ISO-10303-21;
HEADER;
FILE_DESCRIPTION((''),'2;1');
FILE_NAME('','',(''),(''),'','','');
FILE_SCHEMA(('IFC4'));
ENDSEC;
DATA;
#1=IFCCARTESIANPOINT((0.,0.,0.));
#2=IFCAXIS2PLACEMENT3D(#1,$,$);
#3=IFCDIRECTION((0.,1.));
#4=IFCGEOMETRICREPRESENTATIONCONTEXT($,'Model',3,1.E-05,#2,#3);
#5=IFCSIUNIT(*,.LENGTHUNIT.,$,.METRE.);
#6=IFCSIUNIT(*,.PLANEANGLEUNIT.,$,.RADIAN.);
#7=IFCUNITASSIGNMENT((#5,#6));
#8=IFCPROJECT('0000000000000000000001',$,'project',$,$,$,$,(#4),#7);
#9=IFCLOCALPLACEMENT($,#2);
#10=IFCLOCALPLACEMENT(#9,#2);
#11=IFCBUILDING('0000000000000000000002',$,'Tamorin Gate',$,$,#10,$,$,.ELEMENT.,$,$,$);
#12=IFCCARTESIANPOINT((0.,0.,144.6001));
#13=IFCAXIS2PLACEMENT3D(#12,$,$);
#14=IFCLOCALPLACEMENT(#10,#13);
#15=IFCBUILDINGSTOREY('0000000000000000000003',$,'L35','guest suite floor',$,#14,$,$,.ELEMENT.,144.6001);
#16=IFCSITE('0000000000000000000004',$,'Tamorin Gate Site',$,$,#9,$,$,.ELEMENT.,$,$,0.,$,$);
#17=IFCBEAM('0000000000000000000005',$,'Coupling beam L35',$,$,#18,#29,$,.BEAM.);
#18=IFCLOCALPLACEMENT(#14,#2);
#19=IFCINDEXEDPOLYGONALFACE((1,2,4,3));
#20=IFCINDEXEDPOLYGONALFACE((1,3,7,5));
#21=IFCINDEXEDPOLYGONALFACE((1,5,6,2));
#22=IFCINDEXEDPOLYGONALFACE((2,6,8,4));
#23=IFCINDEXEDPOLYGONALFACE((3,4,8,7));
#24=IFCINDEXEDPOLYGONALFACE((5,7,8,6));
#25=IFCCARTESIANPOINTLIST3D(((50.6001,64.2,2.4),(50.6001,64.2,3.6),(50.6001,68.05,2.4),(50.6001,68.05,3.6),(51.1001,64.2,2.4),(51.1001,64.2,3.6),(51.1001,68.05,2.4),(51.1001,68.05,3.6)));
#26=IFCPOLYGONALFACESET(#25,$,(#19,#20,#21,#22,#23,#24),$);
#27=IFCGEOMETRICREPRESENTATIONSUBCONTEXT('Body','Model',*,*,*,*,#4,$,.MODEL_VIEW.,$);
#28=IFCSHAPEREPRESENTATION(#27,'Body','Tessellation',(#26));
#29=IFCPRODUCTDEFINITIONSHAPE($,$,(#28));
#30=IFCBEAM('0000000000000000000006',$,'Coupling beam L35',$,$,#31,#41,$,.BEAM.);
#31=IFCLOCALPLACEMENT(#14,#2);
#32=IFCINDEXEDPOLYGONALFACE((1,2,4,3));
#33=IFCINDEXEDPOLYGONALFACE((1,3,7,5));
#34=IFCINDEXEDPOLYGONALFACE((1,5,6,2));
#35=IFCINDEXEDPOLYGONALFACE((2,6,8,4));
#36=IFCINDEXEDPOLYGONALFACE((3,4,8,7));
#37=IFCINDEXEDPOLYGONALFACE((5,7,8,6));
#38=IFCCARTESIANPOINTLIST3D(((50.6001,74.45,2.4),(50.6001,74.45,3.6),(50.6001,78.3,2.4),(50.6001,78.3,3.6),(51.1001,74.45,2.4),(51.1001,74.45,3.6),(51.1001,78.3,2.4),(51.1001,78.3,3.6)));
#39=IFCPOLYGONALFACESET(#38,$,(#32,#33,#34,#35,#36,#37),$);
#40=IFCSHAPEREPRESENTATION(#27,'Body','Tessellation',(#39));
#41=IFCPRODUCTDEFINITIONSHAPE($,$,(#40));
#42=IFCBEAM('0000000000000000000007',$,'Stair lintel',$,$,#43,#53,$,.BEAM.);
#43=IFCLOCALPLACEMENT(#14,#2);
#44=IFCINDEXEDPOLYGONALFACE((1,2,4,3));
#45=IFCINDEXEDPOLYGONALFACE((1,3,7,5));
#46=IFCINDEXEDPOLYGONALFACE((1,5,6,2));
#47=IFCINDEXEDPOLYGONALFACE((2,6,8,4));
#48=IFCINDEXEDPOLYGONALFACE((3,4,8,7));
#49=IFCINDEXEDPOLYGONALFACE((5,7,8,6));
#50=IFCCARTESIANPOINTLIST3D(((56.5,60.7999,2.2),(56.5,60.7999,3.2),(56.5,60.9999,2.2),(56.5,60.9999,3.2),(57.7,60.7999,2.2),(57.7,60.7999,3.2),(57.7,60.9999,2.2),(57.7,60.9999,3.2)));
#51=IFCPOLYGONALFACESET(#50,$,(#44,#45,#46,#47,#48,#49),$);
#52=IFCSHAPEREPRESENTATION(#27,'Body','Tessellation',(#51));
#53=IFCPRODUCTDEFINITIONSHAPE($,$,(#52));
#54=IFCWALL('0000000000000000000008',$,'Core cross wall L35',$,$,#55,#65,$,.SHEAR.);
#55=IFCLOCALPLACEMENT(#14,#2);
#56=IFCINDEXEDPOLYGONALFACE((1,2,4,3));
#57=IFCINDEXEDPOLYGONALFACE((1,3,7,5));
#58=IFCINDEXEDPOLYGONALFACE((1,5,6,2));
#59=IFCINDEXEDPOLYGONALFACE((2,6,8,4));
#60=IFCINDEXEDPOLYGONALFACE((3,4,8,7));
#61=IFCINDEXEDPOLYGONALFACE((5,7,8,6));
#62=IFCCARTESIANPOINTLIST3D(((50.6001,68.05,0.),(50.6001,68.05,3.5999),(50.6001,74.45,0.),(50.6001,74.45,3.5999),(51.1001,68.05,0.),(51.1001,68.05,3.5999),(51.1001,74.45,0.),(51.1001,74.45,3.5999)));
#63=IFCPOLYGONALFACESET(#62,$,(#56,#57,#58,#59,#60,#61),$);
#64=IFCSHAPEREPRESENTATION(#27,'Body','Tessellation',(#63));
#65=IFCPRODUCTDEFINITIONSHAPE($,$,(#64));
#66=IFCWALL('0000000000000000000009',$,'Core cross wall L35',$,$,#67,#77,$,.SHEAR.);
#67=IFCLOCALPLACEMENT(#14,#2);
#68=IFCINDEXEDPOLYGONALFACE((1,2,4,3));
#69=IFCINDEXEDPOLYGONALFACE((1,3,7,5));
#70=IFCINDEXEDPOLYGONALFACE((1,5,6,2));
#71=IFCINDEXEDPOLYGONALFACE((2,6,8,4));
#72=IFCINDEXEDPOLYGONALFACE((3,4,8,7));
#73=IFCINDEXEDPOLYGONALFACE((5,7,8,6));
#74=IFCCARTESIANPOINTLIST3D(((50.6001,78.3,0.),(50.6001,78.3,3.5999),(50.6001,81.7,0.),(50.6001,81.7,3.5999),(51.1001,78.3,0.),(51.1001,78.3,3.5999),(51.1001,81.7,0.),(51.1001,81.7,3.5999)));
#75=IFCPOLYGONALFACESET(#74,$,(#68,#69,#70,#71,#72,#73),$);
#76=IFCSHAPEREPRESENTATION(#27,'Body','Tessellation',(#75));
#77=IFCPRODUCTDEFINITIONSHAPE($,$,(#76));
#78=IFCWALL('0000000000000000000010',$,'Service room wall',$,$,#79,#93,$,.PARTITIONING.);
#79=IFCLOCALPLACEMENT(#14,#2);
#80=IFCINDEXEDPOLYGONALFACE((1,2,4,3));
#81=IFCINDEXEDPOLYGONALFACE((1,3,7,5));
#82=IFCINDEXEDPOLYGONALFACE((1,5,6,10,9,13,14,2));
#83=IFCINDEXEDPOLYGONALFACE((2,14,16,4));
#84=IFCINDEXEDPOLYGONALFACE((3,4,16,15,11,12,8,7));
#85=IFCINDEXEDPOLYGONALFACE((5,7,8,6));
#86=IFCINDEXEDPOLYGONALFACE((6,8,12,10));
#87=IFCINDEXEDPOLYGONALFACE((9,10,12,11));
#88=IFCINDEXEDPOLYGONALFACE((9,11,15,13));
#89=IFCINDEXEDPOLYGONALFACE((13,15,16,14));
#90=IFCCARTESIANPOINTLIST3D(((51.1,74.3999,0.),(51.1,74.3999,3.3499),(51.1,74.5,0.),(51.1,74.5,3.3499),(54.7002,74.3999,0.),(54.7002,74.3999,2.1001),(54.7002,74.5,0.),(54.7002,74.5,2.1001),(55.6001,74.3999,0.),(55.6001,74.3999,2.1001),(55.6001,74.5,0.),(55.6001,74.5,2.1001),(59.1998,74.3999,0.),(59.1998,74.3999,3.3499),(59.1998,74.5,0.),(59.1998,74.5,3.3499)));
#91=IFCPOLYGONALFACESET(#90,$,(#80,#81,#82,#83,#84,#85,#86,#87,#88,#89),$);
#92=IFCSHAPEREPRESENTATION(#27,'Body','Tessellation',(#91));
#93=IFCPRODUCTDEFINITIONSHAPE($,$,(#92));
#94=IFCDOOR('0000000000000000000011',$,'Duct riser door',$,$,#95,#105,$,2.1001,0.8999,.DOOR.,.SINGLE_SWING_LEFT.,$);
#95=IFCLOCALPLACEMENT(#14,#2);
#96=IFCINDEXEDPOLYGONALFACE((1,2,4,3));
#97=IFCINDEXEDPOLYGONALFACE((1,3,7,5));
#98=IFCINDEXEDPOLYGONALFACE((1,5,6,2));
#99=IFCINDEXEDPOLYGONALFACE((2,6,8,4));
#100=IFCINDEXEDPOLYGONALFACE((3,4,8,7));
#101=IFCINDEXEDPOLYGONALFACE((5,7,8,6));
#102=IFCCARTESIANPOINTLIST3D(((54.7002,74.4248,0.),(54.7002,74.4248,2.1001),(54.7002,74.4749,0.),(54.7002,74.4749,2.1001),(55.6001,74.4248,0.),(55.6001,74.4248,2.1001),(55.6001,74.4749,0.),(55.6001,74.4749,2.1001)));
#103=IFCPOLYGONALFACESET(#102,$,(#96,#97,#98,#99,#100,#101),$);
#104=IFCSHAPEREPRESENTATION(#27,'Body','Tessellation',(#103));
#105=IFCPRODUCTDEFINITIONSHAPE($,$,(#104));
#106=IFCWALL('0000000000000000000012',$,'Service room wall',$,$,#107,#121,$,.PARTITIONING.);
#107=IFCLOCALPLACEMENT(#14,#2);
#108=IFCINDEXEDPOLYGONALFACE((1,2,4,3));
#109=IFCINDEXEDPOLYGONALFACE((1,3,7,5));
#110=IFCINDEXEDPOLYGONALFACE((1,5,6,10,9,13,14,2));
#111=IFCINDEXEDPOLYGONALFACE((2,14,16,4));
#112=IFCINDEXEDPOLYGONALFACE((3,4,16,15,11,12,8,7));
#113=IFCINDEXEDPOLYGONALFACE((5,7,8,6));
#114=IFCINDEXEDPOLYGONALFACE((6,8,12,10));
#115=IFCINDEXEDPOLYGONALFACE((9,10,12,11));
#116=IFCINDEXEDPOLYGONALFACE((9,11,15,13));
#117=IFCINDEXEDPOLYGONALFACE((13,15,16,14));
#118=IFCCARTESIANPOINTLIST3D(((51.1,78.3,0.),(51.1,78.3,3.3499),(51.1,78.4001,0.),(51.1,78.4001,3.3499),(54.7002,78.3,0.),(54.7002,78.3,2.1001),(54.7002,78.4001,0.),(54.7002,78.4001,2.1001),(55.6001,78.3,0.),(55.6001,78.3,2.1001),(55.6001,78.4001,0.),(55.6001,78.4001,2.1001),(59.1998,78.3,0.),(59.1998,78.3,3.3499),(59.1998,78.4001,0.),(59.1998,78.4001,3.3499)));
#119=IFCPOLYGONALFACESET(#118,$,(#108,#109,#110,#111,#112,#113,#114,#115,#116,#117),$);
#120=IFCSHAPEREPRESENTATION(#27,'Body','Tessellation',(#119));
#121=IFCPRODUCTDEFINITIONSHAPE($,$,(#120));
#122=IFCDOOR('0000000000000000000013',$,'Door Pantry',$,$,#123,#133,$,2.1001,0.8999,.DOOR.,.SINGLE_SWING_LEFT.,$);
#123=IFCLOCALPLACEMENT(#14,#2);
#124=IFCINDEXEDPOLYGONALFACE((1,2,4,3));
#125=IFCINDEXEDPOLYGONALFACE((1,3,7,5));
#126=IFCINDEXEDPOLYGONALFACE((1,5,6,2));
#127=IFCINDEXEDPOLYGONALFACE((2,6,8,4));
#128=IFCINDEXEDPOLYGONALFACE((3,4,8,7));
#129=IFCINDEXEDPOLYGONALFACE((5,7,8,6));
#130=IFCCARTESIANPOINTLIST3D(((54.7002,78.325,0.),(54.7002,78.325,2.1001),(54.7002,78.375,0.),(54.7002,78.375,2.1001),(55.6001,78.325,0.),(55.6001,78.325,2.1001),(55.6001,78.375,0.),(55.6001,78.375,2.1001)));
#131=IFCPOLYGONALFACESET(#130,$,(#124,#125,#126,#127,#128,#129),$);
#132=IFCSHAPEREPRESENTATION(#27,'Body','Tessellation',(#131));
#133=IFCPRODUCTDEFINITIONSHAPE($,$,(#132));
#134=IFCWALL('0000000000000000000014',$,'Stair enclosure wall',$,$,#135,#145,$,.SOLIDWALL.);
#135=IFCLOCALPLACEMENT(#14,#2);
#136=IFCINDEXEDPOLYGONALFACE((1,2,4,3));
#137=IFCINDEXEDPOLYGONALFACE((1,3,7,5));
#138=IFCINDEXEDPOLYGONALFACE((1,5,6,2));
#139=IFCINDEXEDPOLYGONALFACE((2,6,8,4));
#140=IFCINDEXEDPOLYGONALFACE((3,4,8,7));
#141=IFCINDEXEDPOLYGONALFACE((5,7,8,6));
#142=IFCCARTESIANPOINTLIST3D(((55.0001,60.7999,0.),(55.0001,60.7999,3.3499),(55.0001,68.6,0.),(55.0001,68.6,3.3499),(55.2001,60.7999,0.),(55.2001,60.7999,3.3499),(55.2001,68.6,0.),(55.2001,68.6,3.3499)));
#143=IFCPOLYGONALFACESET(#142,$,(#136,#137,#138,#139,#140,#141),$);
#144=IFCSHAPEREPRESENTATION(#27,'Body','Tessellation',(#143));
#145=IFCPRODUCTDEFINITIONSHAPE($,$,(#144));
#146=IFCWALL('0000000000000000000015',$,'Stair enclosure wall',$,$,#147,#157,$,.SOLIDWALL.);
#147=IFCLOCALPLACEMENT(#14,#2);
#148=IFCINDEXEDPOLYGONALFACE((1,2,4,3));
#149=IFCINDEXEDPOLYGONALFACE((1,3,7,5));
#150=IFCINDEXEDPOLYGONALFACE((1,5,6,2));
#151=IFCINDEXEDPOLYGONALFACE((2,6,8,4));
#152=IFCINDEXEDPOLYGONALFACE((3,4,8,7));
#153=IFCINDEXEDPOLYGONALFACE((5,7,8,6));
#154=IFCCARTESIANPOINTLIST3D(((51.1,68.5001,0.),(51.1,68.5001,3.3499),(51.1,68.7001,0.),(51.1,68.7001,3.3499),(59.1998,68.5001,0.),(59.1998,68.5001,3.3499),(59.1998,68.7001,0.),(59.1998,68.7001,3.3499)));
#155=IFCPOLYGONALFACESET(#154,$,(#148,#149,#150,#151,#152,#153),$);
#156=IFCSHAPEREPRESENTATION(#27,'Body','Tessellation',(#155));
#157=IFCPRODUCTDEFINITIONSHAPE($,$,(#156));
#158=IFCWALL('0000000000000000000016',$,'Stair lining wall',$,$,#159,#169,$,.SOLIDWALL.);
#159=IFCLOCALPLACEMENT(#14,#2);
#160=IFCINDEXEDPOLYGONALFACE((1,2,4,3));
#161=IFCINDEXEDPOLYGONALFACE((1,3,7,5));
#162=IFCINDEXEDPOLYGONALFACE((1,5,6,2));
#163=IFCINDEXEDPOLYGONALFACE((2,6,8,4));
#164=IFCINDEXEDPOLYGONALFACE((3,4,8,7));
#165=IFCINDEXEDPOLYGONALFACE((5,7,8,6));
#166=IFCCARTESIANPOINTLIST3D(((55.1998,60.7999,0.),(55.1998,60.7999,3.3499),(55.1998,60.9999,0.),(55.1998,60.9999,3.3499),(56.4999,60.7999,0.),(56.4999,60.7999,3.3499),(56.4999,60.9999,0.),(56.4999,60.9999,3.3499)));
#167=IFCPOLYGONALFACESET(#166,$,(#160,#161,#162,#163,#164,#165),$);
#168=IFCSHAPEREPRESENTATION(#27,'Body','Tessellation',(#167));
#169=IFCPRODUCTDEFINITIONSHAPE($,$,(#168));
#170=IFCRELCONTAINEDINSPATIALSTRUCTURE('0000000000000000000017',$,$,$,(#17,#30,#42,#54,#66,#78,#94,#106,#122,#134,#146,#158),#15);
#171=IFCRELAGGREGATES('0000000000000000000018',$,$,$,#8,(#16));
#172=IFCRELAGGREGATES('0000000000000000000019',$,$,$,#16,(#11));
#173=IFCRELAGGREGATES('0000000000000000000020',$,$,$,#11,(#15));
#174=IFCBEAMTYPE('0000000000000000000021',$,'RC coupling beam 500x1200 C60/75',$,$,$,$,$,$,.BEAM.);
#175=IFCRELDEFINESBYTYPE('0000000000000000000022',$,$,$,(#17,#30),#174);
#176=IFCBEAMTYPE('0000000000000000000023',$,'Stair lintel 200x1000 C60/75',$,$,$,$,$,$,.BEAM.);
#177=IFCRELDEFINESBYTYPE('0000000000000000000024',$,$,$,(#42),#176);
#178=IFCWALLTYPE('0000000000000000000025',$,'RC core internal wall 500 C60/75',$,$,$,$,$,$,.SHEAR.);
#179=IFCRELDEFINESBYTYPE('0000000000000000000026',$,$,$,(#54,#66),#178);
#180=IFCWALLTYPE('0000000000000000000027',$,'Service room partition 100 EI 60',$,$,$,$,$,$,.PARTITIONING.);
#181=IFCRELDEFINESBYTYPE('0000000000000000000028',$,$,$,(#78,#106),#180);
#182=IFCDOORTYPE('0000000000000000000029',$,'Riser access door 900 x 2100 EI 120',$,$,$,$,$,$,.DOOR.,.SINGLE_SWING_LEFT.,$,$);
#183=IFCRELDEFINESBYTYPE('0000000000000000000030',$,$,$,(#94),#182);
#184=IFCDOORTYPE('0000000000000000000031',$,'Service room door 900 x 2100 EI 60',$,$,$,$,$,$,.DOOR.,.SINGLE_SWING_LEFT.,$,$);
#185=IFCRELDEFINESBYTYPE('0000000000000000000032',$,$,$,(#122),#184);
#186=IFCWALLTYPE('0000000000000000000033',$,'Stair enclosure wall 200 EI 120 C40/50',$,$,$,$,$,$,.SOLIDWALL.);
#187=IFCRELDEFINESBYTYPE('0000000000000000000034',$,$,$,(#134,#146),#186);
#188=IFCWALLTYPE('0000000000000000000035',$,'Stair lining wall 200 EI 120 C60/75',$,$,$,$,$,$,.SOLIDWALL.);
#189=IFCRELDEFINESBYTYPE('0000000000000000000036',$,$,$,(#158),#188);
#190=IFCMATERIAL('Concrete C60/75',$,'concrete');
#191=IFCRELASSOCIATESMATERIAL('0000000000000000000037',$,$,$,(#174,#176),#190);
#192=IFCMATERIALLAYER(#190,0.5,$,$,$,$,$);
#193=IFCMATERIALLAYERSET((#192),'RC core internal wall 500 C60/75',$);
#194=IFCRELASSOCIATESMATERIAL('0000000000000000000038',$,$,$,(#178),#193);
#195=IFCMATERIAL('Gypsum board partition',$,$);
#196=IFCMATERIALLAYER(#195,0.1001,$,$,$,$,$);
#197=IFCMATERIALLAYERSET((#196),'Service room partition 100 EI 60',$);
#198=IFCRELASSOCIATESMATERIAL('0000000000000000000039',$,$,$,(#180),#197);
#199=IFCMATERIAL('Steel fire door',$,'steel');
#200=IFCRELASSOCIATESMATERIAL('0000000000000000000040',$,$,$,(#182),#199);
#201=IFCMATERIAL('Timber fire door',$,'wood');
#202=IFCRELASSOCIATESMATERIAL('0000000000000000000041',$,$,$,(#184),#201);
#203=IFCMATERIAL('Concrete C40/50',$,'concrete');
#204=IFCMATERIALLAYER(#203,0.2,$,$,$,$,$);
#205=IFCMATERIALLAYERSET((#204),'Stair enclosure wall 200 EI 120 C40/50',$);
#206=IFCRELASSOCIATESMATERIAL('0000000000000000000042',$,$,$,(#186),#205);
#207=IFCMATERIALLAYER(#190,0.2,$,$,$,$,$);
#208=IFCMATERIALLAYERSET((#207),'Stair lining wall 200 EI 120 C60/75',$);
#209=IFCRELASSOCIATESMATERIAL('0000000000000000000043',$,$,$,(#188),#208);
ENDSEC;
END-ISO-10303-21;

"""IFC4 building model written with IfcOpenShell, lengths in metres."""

from ifc_helpers import new_model, si_unit, direction, frame, frame_2d, origin, origin_2d, place, context, subcontext, project, spatial, rectangle, extrude, material, layer, layer_set, material_profile, profile_set, type_object, element, fill, save


model = new_model("IFC4")

# Units and contexts
model_context = context("Model", 3, precision=1e-05, world=origin(), true_north=direction((0.0, 1.0)))
body_context = subcontext(model_context, "Body", "Model", "MODEL_VIEW")
ifc_project = project(units=[si_unit("LENGTHUNIT", "METRE"), si_unit("PLANEANGLEUNIT", "RADIAN")], contexts=[model_context])

# Site, building, storey
site_placement = place(None, origin())
site = spatial("IfcSite", under=ifc_project, at=site_placement, Name="Tamorin Gate Site", CompositionType="ELEMENT", RefElevation=0.0)
building_placement = place(site_placement, origin())
building = spatial("IfcBuilding", under=site, at=building_placement, Name="Tamorin Gate", CompositionType="ELEMENT")
storey_placement = place(building_placement, frame((0.0, 0.0, 144.6001)))
storey = spatial("IfcBuildingStorey", under=building, at=storey_placement, Name="L35", Description="guest suite floor", CompositionType="ELEMENT", Elevation=144.6001)

# Beams
ifc_material_1 = material(Name="Concrete C60/75", Category="concrete")
ifc_material_profile_1 = material_profile(ifc_material_1, rectangle(XDim=0.5, YDim=1.2, at=origin_2d()), Name="RC 500x1200")
ifc_profile_set_1 = profile_set([ifc_material_profile_1], Name="Concrete C60/75")
beam_type_1 = type_object("IfcBeamType", Name="RC coupling beam 500x1200 C60/75", PredefinedType="BEAM", material=ifc_profile_set_1)
for number, where, z_axis, x_axis, name in (
    (1, (50.8501, 64.2, 3.0), (0.0, 1.0, 0.0), (-1.0, 0.0, 0.0), "Coupling beam L35"),
    (2, (50.8501, 74.45, 3.0), (0.0, 1.0, 0.0), (-1.0, 0.0, 0.0), "Coupling beam L35"),
):
    element("IfcBeam", number, at=place(storey_placement, frame(where, z_axis=z_axis, x_axis=x_axis)), inside=storey, type_object=beam_type_1, Name=name, PredefinedType="BEAM", context=body_context, shape_type="SweptSolid", body=[
        extrude(rectangle(XDim=0.5, YDim=1.2, at=origin_2d()), origin(), (0.0, 0.0, 1.0), 3.8501),
    ])
ifc_material_profile_2 = material_profile(ifc_material_1, rectangle(XDim=0.2, YDim=1.0, at=origin_2d()))
ifc_profile_set_2 = profile_set([ifc_material_profile_2], Name="Concrete C60/75")
beam_type_2 = type_object("IfcBeamType", Name="Stair lintel 200x1000 C60/75", PredefinedType="BEAM", material=ifc_profile_set_2)
beam_placement = place(storey_placement, frame((56.5, 60.8999, 2.7), z_axis=(1.0, 0.0, 0.0), x_axis=(0.0, 1.0, 0.0)))
element("IfcBeam", 3, at=beam_placement, inside=storey, type_object=beam_type_2, Name="Stair lintel", PredefinedType="BEAM", context=body_context, shape_type="SweptSolid", body=[
    extrude(rectangle(XDim=0.2, YDim=1.0, at=origin_2d()), origin(), (0.0, 0.0, 1.0), 1.2),
])

# Walls
ifc_layer_1 = layer(ifc_material_1, 0.5)
ifc_layer_set_1 = layer_set([ifc_layer_1], Name="RC core internal wall 500 C60/75")
wall_type_1 = type_object("IfcWallType", Name="RC core internal wall 500 C60/75", PredefinedType="SHEAR", material=ifc_layer_set_1)
wall_1_placement = place(storey_placement, frame((50.8501, 68.05, 0.0), z_axis=(0.0, 0.0, 1.0), x_axis=(0.0, 1.0, 0.0)))
element("IfcWall", 4, at=wall_1_placement, inside=storey, type_object=wall_type_1, Name="Core cross wall L35", PredefinedType="SHEAR", context=body_context, shape_type="SweptSolid", body=[
    extrude(rectangle(XDim=6.3999, YDim=0.5, at=frame_2d((3.2, 0.0))), origin(), (0.0, 0.0, 1.0), 3.5999),
])
wall_2_placement = place(storey_placement, frame((50.8501, 78.3, 0.0), z_axis=(0.0, 0.0, 1.0), x_axis=(0.0, 1.0, 0.0)))
element("IfcWall", 5, at=wall_2_placement, inside=storey, type_object=wall_type_1, Name="Core cross wall L35", PredefinedType="SHEAR", context=body_context, shape_type="SweptSolid", body=[
    extrude(rectangle(XDim=3.3999, YDim=0.5, at=frame_2d((1.7, 0.0))), origin(), (0.0, 0.0, 1.0), 3.5999),
])

# Walls, openings, doors
ifc_material_2 = material(Name="Gypsum board partition")
ifc_layer_2 = layer(ifc_material_2, 0.1001)
ifc_layer_set_2 = layer_set([ifc_layer_2], Name="Service room partition 100 EI 60")
wall_type_2 = type_object("IfcWallType", Name="Service room partition 100 EI 60", PredefinedType="PARTITIONING", material=ifc_layer_set_2)
wall_3_placement = place(storey_placement, frame((51.1001, 74.45, 0.0), z_axis=(0.0, 0.0, 1.0), x_axis=(1.0, 0.0, 0.0)))
wall_3 = element("IfcWall", 6, at=wall_3_placement, inside=storey, type_object=wall_type_2, Name="Service room wall", PredefinedType="PARTITIONING", context=body_context, shape_type="SweptSolid", body=[
    extrude(rectangle(XDim=8.0999, YDim=0.1001, at=frame_2d((4.0498, 0.0))), origin(), (0.0, 0.0, 1.0), 3.3499),
])
opening_1_placement = place(wall_3_placement, frame((3.6001, 0.0, 0.0)))
opening_1 = element("IfcOpeningElement", 7, at=opening_1_placement, cuts=wall_3, PredefinedType="OPENING", context=body_context, shape_type="SweptSolid", body=[
    extrude(rectangle(XDim=0.8999, YDim=2.1001, at=frame_2d((0.45, 1.05))), frame((0.0, 0.0601, 0.0), z_axis=(0.0, -1.0, 0.0), x_axis=(1.0, 0.0, 0.0)), (0.0, 0.0, 1.0), 0.1201),
])
ifc_material_3 = material(Name="Steel fire door", Category="steel")
door_type_1 = type_object("IfcDoorType", Name="Riser access door 900 x 2100 EI 120", OperationType="SINGLE_SWING_LEFT", PredefinedType="DOOR", material=ifc_material_3)
door_1_placement = place(opening_1_placement, origin())
door_1 = element("IfcDoor", 8, at=door_1_placement, inside=storey, type_object=door_type_1, Name="Duct riser door", OperationType="SINGLE_SWING_LEFT", OverallHeight=2.1001, OverallWidth=0.8999, PredefinedType="DOOR", context=body_context, shape_type="SweptSolid", body=[
    extrude(rectangle(XDim=0.8999, YDim=2.1001, at=frame_2d((0.45, 1.05))), frame((0.0, 0.0249, 0.0), z_axis=(0.0, -1.0, 0.0), x_axis=(1.0, 0.0, 0.0)), (0.0, 0.0, 1.0), 0.05),
])
fill(opening_1, door_1)
wall_4_placement = place(storey_placement, frame((51.1001, 78.3501, 0.0), z_axis=(0.0, 0.0, 1.0), x_axis=(1.0, 0.0, 0.0)))
wall_4 = element("IfcWall", 9, at=wall_4_placement, inside=storey, type_object=wall_type_2, Name="Service room wall", PredefinedType="PARTITIONING", context=body_context, shape_type="SweptSolid", body=[
    extrude(rectangle(XDim=8.0999, YDim=0.1001, at=frame_2d((4.0498, 0.0))), origin(), (0.0, 0.0, 1.0), 3.3499),
])
opening_2_placement = place(wall_4_placement, frame((3.6001, 0.0, 0.0)))
opening_2 = element("IfcOpeningElement", 10, at=opening_2_placement, cuts=wall_4, PredefinedType="OPENING", context=body_context, shape_type="SweptSolid", body=[
    extrude(rectangle(XDim=0.8999, YDim=2.1001, at=frame_2d((0.45, 1.05))), frame((0.0, 0.0601, 0.0), z_axis=(0.0, -1.0, 0.0), x_axis=(1.0, 0.0, 0.0)), (0.0, 0.0, 1.0), 0.1201),
])
ifc_material_4 = material(Name="Timber fire door", Category="wood")
door_type_2 = type_object("IfcDoorType", Name="Service room door 900 x 2100 EI 60", OperationType="SINGLE_SWING_LEFT", PredefinedType="DOOR", material=ifc_material_4)
door_2_placement = place(opening_2_placement, origin())
door_2 = element("IfcDoor", 11, at=door_2_placement, inside=storey, type_object=door_type_2, Name="Door Pantry", OperationType="SINGLE_SWING_LEFT", OverallHeight=2.1001, OverallWidth=0.8999, PredefinedType="DOOR", context=body_context, shape_type="SweptSolid", body=[
    extrude(rectangle(XDim=0.8999, YDim=2.1001, at=frame_2d((0.45, 1.05))), frame((0.0, 0.0249, 0.0), z_axis=(0.0, -1.0, 0.0), x_axis=(1.0, 0.0, 0.0)), (0.0, 0.0, 1.0), 0.05),
])
fill(opening_2, door_2)

# Walls
ifc_material_5 = material(Name="Concrete C40/50", Category="concrete")
ifc_layer_3 = layer(ifc_material_5, 0.2)
ifc_layer_set_3 = layer_set([ifc_layer_3], Name="Stair enclosure wall 200 EI 120 C40/50")
wall_type_3 = type_object("IfcWallType", Name="Stair enclosure wall 200 EI 120 C40/50", PredefinedType="SOLIDWALL", material=ifc_layer_set_3)
wall_5_placement = place(storey_placement, frame((55.1001, 60.8, 0.0), z_axis=(0.0, 0.0, 1.0), x_axis=(0.0, 1.0, 0.0)))
element("IfcWall", 12, at=wall_5_placement, inside=storey, type_object=wall_type_3, Name="Stair enclosure wall", PredefinedType="SOLIDWALL", context=body_context, shape_type="SweptSolid", body=[
    extrude(rectangle(XDim=7.8, YDim=0.2, at=frame_2d((3.8999, 0.0))), origin(), (0.0, 0.0, 1.0), 3.3499),
])
wall_6_placement = place(storey_placement, frame((51.1001, 68.6001, 0.0), z_axis=(0.0, 0.0, 1.0), x_axis=(1.0, 0.0, 0.0)))
element("IfcWall", 13, at=wall_6_placement, inside=storey, type_object=wall_type_3, Name="Stair enclosure wall", PredefinedType="SOLIDWALL", context=body_context, shape_type="SweptSolid", body=[
    extrude(rectangle(XDim=8.0999, YDim=0.2, at=frame_2d((4.0498, 0.0))), origin(), (0.0, 0.0, 1.0), 3.3499),
])
ifc_layer_4 = layer(ifc_material_1, 0.2)
ifc_layer_set_4 = layer_set([ifc_layer_4], Name="Stair lining wall 200 EI 120 C60/75")
wall_type_4 = type_object("IfcWallType", Name="Stair lining wall 200 EI 120 C60/75", PredefinedType="SOLIDWALL", material=ifc_layer_set_4)
wall_7_placement = place(storey_placement, frame((55.2, 60.8999, 0.0), z_axis=(0.0, 0.0, 1.0), x_axis=(1.0, 0.0, 0.0)))
element("IfcWall", 14, at=wall_7_placement, inside=storey, type_object=wall_type_4, Name="Stair lining wall", PredefinedType="SOLIDWALL", context=body_context, shape_type="SweptSolid", body=[
    extrude(rectangle(XDim=1.3, YDim=0.2, at=frame_2d((0.6499, 0.0))), origin(), (0.0, 0.0, 1.0), 3.3499),
])

save(model, "model.ifc")
